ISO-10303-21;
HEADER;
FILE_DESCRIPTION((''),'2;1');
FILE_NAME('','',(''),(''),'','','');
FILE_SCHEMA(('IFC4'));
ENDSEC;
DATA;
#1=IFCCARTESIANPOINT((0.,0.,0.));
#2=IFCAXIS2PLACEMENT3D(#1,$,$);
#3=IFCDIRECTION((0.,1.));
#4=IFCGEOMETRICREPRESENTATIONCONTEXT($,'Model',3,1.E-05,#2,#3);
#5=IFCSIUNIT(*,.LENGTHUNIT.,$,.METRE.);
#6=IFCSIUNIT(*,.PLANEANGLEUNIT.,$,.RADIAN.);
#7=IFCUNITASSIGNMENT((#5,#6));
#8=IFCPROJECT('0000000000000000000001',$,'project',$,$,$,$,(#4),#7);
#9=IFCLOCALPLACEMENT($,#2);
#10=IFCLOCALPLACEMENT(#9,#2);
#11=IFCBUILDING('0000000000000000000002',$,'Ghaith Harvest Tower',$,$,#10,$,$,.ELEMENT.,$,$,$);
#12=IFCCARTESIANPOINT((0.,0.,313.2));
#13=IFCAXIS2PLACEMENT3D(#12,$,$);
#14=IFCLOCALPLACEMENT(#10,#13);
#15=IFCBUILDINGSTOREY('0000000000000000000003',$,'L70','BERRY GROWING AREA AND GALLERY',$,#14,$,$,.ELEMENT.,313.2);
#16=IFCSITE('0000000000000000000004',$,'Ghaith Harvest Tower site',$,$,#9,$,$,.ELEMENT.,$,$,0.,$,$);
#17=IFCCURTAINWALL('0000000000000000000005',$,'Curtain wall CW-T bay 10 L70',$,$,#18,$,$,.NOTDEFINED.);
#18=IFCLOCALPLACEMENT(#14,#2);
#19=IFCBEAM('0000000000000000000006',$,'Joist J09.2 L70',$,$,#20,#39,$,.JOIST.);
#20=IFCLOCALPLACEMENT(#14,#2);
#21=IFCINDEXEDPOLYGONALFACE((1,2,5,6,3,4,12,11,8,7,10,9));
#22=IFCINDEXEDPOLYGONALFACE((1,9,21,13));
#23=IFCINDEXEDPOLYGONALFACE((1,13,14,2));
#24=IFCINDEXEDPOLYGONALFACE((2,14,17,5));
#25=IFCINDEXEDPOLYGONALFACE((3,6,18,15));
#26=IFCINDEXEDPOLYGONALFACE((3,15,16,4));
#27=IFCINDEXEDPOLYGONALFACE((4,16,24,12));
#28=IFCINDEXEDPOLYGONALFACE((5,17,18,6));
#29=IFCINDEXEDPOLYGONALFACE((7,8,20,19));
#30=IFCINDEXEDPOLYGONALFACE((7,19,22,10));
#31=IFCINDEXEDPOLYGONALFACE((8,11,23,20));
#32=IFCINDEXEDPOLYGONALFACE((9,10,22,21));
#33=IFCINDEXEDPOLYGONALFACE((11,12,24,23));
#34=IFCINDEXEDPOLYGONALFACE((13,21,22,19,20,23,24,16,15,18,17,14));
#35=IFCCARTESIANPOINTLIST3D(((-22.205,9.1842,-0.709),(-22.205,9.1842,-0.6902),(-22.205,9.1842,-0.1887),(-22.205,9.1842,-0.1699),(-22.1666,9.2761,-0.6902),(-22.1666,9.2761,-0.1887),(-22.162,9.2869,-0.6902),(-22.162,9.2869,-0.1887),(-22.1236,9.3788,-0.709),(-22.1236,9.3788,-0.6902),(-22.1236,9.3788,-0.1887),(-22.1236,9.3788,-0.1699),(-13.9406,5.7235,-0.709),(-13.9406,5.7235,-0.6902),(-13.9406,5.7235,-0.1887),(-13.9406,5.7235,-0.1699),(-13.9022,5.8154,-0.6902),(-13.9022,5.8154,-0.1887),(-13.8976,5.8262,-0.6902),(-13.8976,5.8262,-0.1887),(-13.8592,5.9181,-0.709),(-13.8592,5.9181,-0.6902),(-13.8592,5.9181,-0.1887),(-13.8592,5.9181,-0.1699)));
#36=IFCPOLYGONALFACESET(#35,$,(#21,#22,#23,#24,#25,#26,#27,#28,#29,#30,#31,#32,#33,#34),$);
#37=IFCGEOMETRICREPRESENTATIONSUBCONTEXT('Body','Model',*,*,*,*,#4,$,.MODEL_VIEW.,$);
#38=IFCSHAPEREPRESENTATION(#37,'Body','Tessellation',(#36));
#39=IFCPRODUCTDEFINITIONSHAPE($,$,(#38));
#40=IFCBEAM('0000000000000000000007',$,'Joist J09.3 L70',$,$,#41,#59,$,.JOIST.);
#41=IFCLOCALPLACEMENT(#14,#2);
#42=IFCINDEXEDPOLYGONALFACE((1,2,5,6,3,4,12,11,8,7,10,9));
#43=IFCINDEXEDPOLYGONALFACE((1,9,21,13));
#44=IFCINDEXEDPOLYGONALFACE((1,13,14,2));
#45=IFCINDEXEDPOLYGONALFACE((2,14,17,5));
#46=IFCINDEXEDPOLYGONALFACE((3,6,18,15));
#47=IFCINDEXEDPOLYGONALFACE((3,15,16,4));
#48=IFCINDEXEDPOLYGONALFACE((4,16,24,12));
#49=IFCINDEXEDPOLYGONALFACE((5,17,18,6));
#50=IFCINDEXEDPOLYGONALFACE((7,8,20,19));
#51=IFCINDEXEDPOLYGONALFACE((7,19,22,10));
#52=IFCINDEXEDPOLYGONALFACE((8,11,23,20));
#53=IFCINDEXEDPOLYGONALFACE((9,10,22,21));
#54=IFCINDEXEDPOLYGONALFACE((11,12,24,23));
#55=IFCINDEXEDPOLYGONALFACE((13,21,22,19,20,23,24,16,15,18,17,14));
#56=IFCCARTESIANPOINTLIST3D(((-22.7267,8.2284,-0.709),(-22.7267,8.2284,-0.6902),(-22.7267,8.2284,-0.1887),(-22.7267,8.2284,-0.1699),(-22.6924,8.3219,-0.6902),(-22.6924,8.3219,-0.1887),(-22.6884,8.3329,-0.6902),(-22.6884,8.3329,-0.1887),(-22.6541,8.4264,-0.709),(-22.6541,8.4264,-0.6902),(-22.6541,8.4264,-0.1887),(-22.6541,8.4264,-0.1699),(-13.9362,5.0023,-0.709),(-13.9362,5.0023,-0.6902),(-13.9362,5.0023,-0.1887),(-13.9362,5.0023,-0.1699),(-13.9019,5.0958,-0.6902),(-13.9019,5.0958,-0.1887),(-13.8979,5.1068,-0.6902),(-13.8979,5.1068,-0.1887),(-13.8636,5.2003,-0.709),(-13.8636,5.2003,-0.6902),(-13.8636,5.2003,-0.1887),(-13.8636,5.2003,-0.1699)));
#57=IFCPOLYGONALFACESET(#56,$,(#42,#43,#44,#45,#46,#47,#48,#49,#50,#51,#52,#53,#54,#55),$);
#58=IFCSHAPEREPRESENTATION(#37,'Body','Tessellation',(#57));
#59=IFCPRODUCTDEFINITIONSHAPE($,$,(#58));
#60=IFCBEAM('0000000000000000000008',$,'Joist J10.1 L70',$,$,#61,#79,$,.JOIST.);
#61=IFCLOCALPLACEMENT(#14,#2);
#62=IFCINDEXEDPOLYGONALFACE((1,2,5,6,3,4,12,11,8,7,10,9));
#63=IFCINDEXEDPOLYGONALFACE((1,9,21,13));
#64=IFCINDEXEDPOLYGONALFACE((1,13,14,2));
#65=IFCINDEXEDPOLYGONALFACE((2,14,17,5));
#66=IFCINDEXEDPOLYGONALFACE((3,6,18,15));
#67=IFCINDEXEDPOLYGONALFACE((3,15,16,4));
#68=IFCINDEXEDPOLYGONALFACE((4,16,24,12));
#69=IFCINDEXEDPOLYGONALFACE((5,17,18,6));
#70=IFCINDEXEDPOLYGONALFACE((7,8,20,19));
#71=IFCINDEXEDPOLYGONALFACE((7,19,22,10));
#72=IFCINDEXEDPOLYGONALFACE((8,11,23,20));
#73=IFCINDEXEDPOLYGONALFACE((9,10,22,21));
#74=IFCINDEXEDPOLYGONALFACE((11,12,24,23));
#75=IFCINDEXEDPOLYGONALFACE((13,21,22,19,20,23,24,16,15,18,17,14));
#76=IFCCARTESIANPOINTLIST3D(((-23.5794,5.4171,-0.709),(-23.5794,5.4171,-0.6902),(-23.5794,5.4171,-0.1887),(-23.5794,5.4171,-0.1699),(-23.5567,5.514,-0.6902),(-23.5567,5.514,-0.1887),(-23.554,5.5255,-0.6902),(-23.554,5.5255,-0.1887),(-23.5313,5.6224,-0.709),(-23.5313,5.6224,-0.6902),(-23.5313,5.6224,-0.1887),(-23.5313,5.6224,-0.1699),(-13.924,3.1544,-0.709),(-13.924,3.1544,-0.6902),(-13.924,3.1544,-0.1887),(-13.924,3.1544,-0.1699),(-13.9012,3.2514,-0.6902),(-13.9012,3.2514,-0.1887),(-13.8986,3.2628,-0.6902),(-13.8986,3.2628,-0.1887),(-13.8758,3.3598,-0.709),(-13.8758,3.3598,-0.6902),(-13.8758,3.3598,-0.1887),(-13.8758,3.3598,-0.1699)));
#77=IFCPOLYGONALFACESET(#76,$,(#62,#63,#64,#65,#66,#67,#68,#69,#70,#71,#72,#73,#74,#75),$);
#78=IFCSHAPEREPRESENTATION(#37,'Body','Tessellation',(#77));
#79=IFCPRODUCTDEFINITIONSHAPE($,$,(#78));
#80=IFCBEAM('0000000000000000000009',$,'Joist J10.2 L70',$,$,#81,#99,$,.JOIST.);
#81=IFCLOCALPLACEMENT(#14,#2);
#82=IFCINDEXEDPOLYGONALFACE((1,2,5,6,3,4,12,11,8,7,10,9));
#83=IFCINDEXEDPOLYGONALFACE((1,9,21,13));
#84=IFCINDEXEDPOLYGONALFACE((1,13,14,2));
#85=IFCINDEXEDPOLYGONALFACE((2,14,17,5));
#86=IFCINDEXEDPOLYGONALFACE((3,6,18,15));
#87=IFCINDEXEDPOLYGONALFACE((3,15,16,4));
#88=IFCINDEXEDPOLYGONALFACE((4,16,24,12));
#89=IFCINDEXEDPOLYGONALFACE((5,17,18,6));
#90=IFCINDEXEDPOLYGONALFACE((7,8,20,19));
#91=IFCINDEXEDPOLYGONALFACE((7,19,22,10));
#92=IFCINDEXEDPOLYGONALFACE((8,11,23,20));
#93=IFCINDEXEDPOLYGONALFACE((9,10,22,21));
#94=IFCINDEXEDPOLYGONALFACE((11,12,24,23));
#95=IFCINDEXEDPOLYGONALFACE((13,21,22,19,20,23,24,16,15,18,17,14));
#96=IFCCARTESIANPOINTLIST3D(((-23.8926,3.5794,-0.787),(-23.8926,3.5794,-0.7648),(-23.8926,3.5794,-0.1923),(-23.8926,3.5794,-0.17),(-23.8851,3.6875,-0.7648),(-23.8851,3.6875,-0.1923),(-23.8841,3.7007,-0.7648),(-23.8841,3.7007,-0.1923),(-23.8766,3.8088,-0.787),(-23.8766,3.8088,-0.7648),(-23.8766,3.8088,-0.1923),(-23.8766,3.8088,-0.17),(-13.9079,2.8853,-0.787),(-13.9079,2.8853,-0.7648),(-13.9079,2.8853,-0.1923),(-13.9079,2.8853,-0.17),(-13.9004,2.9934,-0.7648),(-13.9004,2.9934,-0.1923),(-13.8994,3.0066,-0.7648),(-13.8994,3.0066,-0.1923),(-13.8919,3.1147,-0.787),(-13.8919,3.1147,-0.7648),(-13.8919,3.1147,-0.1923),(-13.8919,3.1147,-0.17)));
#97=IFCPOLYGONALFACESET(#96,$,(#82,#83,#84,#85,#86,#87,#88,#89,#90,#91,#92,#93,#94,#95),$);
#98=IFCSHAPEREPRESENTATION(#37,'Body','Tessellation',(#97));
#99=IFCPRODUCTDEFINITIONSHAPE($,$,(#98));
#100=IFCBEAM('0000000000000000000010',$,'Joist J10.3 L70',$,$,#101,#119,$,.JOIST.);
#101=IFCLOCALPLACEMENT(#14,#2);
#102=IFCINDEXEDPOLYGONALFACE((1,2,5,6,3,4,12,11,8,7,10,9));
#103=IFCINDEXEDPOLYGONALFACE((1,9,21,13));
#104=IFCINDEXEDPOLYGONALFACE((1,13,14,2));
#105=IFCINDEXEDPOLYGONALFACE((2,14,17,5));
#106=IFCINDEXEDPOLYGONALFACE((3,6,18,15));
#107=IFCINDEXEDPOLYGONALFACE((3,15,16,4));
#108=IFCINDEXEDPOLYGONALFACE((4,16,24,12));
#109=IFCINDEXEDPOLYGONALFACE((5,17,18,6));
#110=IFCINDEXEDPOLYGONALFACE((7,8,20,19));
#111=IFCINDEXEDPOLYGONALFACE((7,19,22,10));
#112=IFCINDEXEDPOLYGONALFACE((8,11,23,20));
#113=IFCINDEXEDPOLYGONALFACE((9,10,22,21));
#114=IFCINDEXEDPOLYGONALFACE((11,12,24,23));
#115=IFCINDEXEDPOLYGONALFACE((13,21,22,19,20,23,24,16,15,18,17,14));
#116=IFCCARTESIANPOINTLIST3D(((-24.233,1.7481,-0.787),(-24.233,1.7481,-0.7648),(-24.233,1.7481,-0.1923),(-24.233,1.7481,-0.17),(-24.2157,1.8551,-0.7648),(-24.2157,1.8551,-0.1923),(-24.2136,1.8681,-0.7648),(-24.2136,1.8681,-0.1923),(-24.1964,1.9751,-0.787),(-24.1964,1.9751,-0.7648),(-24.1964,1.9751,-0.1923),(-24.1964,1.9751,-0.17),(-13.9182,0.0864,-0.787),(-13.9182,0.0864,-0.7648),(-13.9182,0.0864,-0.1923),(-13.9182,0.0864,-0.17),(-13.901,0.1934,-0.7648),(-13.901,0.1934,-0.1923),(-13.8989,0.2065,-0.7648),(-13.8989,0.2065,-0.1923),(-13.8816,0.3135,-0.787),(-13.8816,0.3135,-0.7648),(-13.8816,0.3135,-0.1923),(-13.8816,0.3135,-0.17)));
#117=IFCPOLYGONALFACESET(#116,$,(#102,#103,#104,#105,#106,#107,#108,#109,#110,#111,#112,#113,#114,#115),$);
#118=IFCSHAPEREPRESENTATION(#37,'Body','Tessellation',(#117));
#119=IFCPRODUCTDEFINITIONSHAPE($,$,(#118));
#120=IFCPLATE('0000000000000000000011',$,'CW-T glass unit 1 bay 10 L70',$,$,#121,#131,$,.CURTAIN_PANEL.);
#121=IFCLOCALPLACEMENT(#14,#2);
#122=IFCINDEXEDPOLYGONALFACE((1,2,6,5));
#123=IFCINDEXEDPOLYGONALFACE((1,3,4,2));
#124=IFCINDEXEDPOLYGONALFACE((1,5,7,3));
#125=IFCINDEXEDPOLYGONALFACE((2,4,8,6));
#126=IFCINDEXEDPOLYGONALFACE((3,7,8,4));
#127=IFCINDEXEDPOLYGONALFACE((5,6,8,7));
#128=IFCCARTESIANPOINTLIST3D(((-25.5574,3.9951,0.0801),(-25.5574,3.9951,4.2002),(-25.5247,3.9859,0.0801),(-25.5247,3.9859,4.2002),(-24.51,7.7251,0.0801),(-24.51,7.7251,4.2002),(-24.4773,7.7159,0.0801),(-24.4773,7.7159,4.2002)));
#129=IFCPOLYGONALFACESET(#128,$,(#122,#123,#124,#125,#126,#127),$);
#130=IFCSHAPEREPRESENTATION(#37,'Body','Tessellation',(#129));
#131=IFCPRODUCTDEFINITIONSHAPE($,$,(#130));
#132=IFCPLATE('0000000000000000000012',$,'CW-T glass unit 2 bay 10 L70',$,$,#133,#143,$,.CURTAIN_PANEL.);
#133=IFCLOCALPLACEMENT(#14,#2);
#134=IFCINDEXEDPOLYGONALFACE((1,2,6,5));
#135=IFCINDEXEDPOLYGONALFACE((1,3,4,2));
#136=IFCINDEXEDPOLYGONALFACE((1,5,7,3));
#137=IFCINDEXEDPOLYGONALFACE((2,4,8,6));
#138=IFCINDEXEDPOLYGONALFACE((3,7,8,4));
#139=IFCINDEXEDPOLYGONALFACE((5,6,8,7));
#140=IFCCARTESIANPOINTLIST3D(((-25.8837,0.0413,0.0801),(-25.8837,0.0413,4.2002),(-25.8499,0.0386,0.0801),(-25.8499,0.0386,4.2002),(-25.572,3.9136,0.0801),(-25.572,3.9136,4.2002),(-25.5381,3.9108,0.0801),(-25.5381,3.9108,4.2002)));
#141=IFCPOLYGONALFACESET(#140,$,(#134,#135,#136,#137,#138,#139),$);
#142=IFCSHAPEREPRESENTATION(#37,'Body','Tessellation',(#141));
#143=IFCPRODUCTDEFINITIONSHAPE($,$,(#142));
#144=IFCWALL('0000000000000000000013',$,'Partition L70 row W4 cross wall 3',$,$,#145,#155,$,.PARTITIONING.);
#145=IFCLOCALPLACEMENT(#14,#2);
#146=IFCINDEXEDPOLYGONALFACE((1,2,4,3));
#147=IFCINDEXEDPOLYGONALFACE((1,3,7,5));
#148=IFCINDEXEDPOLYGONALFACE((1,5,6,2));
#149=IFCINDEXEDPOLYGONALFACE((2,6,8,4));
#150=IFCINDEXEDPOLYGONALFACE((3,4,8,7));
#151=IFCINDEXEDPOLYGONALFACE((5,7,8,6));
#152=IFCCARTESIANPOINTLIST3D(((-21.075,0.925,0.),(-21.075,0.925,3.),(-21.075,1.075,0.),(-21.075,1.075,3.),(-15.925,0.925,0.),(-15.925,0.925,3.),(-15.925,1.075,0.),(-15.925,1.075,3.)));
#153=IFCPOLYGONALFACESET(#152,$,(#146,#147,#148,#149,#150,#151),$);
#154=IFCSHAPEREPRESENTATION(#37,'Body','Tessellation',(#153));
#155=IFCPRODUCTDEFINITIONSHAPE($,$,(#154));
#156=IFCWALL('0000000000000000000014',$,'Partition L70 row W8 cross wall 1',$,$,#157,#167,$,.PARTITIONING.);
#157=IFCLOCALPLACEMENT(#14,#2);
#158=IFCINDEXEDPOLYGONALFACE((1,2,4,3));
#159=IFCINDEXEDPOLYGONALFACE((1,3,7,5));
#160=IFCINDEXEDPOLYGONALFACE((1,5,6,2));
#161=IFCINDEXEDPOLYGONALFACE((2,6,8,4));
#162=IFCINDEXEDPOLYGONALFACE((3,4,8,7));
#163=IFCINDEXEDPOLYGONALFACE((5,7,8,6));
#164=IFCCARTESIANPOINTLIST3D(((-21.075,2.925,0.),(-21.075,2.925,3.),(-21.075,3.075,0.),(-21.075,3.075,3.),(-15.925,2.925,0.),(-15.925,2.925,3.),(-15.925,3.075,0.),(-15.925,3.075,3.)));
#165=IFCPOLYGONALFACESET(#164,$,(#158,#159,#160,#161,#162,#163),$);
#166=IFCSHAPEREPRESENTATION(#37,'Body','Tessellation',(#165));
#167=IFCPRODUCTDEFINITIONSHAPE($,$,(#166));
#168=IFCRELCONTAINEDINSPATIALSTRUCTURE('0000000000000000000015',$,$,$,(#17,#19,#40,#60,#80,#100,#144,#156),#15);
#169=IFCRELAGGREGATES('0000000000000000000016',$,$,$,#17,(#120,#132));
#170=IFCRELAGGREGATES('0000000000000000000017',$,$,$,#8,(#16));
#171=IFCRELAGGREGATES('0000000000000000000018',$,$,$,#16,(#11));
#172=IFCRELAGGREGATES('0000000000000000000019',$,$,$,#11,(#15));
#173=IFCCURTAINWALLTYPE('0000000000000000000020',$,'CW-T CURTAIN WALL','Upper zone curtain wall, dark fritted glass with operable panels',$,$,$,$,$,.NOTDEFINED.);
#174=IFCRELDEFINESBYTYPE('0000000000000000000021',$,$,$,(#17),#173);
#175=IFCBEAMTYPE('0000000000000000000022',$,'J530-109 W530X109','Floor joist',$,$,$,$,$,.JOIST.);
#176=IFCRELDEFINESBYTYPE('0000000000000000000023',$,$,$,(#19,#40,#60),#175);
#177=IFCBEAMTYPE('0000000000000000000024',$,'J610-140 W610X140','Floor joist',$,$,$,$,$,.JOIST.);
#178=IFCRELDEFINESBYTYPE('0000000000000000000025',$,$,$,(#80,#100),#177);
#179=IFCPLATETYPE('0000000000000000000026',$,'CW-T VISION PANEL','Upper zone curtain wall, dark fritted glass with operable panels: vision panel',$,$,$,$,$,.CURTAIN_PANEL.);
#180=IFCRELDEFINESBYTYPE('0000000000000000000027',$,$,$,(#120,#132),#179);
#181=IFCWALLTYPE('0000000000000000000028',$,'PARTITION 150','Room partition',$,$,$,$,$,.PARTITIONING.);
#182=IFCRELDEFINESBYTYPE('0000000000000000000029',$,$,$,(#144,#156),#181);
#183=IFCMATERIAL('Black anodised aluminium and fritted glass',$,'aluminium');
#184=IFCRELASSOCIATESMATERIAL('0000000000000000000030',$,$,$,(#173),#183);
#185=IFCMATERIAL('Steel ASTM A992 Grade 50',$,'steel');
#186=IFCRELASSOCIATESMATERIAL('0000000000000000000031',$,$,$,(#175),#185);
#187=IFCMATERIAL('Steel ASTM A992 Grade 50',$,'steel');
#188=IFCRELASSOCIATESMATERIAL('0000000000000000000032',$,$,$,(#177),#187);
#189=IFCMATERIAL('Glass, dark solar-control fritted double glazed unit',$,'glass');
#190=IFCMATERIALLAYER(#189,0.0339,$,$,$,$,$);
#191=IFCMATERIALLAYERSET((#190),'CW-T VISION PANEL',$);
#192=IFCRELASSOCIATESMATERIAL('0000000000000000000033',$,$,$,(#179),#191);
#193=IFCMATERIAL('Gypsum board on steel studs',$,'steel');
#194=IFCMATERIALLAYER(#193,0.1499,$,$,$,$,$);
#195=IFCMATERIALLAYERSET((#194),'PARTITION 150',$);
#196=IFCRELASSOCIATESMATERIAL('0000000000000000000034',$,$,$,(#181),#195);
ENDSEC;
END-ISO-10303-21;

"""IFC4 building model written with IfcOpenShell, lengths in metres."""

from ifc_helpers import new_model, si_unit, direction, frame, frame_2d, origin, origin_2d, place, context, subcontext, project, spatial, rectangle, i_section, extrude, material, layer, layer_set, material_profile, profile_set, type_object, element, aggregate, save


model = new_model("IFC4")

# Units and contexts
model_context = context("Model", 3, precision=1e-05, world=origin(), true_north=direction((0.0, 1.0)))
body_context = subcontext(model_context, "Body", "Model", "MODEL_VIEW")
ifc_project = project(units=[si_unit("LENGTHUNIT", "METRE"), si_unit("PLANEANGLEUNIT", "RADIAN")], contexts=[model_context])

# Site, building, storey
site_placement = place(None, origin())
site = spatial("IfcSite", under=ifc_project, at=site_placement, Name="Ghaith Harvest Tower site", CompositionType="ELEMENT", RefElevation=0.0)
building_placement = place(site_placement, origin())
building = spatial("IfcBuilding", under=site, at=building_placement, Name="Ghaith Harvest Tower", CompositionType="ELEMENT")
storey_placement = place(building_placement, frame((0.0, 0.0, 313.2)))
storey = spatial("IfcBuildingStorey", under=building, at=storey_placement, Name="L70", Description="BERRY GROWING AREA AND GALLERY", CompositionType="ELEMENT", Elevation=313.2)

# Curtain wall
ifc_material_1 = material(Name="Black anodised aluminium and fritted glass", Category="aluminium")
curtain_wall_type = type_object("IfcCurtainWallType", Name="CW-T CURTAIN WALL", Description="Upper zone curtain wall, dark fritted glass with operable panels", PredefinedType="NOTDEFINED", material=ifc_material_1)
curtain_wall_placement = place(storey_placement, origin())
curtain_wall = element("IfcCurtainWall", 1, at=curtain_wall_placement, inside=storey, type_object=curtain_wall_type, Name="Curtain wall CW-T bay 10 L70", PredefinedType="NOTDEFINED")

# Beams
ifc_material_2 = material(Name="Steel ASTM A992 Grade 50", Category="steel")
ifc_material_profile_1 = material_profile(ifc_material_2, i_section(OverallWidth=0.2109, OverallDepth=0.5391, WebThickness=0.0117, FlangeThickness=0.0188, at=origin_2d()), Name="W530X109")
ifc_profile_set_1 = profile_set([ifc_material_profile_1], Name="Steel ASTM A992 Grade 50")
beam_type_1 = type_object("IfcBeamType", Name="J530-109 W530X109", Description="Floor joist", PredefinedType="JOIST", material=ifc_profile_set_1)
beam_1_placement = place(storey_placement, frame((-13.8999, 5.8208, -0.4395), z_axis=(-0.922394, 0.38625, 0.0), x_axis=(-0.38625, -0.922394, 0.0)))
element("IfcBeam", 2, at=beam_1_placement, inside=storey, type_object=beam_type_1, Name="Joist J09.2 L70", PredefinedType="JOIST", context=body_context, shape_type="SweptSolid", body=[
    extrude(i_section(OverallWidth=0.2109, OverallDepth=0.5391, WebThickness=0.0117, FlangeThickness=0.0188, at=origin_2d()), origin(), (0.0, 0.0, 1.0), 8.9597),
])
beam_2_placement = place(storey_placement, frame((-13.8999, 5.1013, -0.4395), z_axis=(-0.938777, 0.344526, 0.0), x_axis=(-0.344526, -0.938777, 0.0)))
element("IfcBeam", 3, at=beam_2_placement, inside=storey, type_object=beam_type_1, Name="Joist J09.3 L70", PredefinedType="JOIST", context=body_context, shape_type="SweptSolid", body=[
    extrude(i_section(OverallWidth=0.2109, OverallDepth=0.5391, WebThickness=0.0117, FlangeThickness=0.0188, at=origin_2d()), origin(), (0.0, 0.0, 1.0), 9.3638),
])
beam_3_placement = place(storey_placement, frame((-13.8999, 3.2571, -0.4395), z_axis=(-0.973623, 0.228161, 0.0), x_axis=(-0.228161, -0.973623, 0.0)))
element("IfcBeam", 4, at=beam_3_placement, inside=storey, type_object=beam_type_1, Name="Joist J10.1 L70", PredefinedType="JOIST", context=body_context, shape_type="SweptSolid", body=[
    extrude(i_section(OverallWidth=0.2109, OverallDepth=0.5391, WebThickness=0.0117, FlangeThickness=0.0188, at=origin_2d()), origin(), (0.0, 0.0, 1.0), 9.917),
])
ifc_material_3 = material(Name="Steel ASTM A992 Grade 50", Category="steel")
ifc_material_profile_2 = material_profile(ifc_material_3, i_section(OverallWidth=0.23, OverallDepth=0.6169, WebThickness=0.0132, FlangeThickness=0.0222, at=origin_2d()), Name="W610X140")
ifc_profile_set_2 = profile_set([ifc_material_profile_2], Name="Steel ASTM A992 Grade 50")
beam_type_2 = type_object("IfcBeamType", Name="J610-140 W610X140", Description="Floor joist", PredefinedType="JOIST", material=ifc_profile_set_2)
beam_4_placement = place(storey_placement, frame((-13.8999, 3.0, -0.4785), z_axis=(-0.997592, 0.069349, 0.0), x_axis=(-0.069349, -0.997592, 0.0)))
element("IfcBeam", 5, at=beam_4_placement, inside=storey, type_object=beam_type_2, Name="Joist J10.2 L70", PredefinedType="JOIST", context=body_context, shape_type="SweptSolid", body=[
    extrude(i_section(OverallWidth=0.23, OverallDepth=0.6169, WebThickness=0.0132, FlangeThickness=0.0222, at=origin_2d()), origin(), (0.0, 0.0, 1.0), 10.0088),
])
beam_5_placement = place(storey_placement, frame((-13.8999, 0.2, -0.4785), z_axis=(-0.987272, 0.159042, 0.0), x_axis=(-0.159042, -0.987272, 0.0)))
element("IfcBeam", 6, at=beam_5_placement, inside=storey, type_object=beam_type_2, Name="Joist J10.3 L70", PredefinedType="JOIST", context=body_context, shape_type="SweptSolid", body=[
    extrude(i_section(OverallWidth=0.23, OverallDepth=0.6169, WebThickness=0.0132, FlangeThickness=0.0222, at=origin_2d()), origin(), (0.0, 0.0, 1.0), 10.4478),
])

# Plates
ifc_material_4 = material(Name="Glass, dark solar-control fritted double glazed unit", Category="glass")
ifc_layer_1 = layer(ifc_material_4, 0.0339)
ifc_layer_set_1 = layer_set([ifc_layer_1], Name="CW-T VISION PANEL")
plate_type = type_object("IfcPlateType", Name="CW-T VISION PANEL", Description="Upper zone curtain wall, dark fritted glass with operable panels: vision panel", PredefinedType="CURTAIN_PANEL", material=ifc_layer_set_1)
plate_1_placement = place(storey_placement, frame((-25.0173, 5.8555, 0.0801), z_axis=(0.0, 0.0, 1.0), x_axis=(-0.270355, -0.962761, 0.0)))
plate_1 = element("IfcPlate", 7, at=plate_1_placement, type_object=plate_type, Name="CW-T glass unit 1 bay 10 L70", PredefinedType="CURTAIN_PANEL", context=body_context, shape_type="SweptSolid", body=[
    extrude(rectangle(XDim=3.8743, YDim=0.0339, at=origin_2d()), origin(), (0.0, 0.0, 1.0), 4.1201),
])
plate_2_placement = place(storey_placement, frame((-25.7109, 1.9761, 0.0801), z_axis=(0.0, 0.0, 1.0), x_axis=(-0.080258, -0.996774, 0.0)))
plate_2 = element("IfcPlate", 8, at=plate_2_placement, type_object=plate_type, Name="CW-T glass unit 2 bay 10 L70", PredefinedType="CURTAIN_PANEL", context=body_context, shape_type="SweptSolid", body=[
    extrude(rectangle(XDim=3.8848, YDim=0.0339, at=origin_2d()), origin(), (0.0, 0.0, 1.0), 4.1201),
])
aggregate(curtain_wall, [plate_1, plate_2])

# Walls
ifc_material_5 = material(Name="Gypsum board on steel studs", Category="steel")
ifc_layer_2 = layer(ifc_material_5, 0.1499)
ifc_layer_set_2 = layer_set([ifc_layer_2], Name="PARTITION 150")
wall_type_1 = type_object("IfcWallType", Name="PARTITION 150", Description="Room partition", PredefinedType="PARTITIONING", material=ifc_layer_set_2)
for number, where, z_axis, x_axis, name in (
    (9, (-15.925, 1.0, 0.0), (0.0, 0.0, 1.0), (-1.0, 0.0, 0.0), "Partition L70 row W4 cross wall 3"),
    (10, (-15.925, 3.0, 0.0), (0.0, 0.0, 1.0), (-1.0, 0.0, 0.0), "Partition L70 row W8 cross wall 1"),
):
    element("IfcWall", number, at=place(storey_placement, frame(where, z_axis=z_axis, x_axis=x_axis)), inside=storey, type_object=wall_type_1, Name=name, PredefinedType="PARTITIONING", context=body_context, shape_type="SweptSolid", body=[
        extrude(rectangle(XDim=5.1499, YDim=0.1499, at=frame_2d((2.575, 0.0))), origin(), (0.0, 0.0, 1.0), 3.0),
    ])

save(model, "model.ifc")
